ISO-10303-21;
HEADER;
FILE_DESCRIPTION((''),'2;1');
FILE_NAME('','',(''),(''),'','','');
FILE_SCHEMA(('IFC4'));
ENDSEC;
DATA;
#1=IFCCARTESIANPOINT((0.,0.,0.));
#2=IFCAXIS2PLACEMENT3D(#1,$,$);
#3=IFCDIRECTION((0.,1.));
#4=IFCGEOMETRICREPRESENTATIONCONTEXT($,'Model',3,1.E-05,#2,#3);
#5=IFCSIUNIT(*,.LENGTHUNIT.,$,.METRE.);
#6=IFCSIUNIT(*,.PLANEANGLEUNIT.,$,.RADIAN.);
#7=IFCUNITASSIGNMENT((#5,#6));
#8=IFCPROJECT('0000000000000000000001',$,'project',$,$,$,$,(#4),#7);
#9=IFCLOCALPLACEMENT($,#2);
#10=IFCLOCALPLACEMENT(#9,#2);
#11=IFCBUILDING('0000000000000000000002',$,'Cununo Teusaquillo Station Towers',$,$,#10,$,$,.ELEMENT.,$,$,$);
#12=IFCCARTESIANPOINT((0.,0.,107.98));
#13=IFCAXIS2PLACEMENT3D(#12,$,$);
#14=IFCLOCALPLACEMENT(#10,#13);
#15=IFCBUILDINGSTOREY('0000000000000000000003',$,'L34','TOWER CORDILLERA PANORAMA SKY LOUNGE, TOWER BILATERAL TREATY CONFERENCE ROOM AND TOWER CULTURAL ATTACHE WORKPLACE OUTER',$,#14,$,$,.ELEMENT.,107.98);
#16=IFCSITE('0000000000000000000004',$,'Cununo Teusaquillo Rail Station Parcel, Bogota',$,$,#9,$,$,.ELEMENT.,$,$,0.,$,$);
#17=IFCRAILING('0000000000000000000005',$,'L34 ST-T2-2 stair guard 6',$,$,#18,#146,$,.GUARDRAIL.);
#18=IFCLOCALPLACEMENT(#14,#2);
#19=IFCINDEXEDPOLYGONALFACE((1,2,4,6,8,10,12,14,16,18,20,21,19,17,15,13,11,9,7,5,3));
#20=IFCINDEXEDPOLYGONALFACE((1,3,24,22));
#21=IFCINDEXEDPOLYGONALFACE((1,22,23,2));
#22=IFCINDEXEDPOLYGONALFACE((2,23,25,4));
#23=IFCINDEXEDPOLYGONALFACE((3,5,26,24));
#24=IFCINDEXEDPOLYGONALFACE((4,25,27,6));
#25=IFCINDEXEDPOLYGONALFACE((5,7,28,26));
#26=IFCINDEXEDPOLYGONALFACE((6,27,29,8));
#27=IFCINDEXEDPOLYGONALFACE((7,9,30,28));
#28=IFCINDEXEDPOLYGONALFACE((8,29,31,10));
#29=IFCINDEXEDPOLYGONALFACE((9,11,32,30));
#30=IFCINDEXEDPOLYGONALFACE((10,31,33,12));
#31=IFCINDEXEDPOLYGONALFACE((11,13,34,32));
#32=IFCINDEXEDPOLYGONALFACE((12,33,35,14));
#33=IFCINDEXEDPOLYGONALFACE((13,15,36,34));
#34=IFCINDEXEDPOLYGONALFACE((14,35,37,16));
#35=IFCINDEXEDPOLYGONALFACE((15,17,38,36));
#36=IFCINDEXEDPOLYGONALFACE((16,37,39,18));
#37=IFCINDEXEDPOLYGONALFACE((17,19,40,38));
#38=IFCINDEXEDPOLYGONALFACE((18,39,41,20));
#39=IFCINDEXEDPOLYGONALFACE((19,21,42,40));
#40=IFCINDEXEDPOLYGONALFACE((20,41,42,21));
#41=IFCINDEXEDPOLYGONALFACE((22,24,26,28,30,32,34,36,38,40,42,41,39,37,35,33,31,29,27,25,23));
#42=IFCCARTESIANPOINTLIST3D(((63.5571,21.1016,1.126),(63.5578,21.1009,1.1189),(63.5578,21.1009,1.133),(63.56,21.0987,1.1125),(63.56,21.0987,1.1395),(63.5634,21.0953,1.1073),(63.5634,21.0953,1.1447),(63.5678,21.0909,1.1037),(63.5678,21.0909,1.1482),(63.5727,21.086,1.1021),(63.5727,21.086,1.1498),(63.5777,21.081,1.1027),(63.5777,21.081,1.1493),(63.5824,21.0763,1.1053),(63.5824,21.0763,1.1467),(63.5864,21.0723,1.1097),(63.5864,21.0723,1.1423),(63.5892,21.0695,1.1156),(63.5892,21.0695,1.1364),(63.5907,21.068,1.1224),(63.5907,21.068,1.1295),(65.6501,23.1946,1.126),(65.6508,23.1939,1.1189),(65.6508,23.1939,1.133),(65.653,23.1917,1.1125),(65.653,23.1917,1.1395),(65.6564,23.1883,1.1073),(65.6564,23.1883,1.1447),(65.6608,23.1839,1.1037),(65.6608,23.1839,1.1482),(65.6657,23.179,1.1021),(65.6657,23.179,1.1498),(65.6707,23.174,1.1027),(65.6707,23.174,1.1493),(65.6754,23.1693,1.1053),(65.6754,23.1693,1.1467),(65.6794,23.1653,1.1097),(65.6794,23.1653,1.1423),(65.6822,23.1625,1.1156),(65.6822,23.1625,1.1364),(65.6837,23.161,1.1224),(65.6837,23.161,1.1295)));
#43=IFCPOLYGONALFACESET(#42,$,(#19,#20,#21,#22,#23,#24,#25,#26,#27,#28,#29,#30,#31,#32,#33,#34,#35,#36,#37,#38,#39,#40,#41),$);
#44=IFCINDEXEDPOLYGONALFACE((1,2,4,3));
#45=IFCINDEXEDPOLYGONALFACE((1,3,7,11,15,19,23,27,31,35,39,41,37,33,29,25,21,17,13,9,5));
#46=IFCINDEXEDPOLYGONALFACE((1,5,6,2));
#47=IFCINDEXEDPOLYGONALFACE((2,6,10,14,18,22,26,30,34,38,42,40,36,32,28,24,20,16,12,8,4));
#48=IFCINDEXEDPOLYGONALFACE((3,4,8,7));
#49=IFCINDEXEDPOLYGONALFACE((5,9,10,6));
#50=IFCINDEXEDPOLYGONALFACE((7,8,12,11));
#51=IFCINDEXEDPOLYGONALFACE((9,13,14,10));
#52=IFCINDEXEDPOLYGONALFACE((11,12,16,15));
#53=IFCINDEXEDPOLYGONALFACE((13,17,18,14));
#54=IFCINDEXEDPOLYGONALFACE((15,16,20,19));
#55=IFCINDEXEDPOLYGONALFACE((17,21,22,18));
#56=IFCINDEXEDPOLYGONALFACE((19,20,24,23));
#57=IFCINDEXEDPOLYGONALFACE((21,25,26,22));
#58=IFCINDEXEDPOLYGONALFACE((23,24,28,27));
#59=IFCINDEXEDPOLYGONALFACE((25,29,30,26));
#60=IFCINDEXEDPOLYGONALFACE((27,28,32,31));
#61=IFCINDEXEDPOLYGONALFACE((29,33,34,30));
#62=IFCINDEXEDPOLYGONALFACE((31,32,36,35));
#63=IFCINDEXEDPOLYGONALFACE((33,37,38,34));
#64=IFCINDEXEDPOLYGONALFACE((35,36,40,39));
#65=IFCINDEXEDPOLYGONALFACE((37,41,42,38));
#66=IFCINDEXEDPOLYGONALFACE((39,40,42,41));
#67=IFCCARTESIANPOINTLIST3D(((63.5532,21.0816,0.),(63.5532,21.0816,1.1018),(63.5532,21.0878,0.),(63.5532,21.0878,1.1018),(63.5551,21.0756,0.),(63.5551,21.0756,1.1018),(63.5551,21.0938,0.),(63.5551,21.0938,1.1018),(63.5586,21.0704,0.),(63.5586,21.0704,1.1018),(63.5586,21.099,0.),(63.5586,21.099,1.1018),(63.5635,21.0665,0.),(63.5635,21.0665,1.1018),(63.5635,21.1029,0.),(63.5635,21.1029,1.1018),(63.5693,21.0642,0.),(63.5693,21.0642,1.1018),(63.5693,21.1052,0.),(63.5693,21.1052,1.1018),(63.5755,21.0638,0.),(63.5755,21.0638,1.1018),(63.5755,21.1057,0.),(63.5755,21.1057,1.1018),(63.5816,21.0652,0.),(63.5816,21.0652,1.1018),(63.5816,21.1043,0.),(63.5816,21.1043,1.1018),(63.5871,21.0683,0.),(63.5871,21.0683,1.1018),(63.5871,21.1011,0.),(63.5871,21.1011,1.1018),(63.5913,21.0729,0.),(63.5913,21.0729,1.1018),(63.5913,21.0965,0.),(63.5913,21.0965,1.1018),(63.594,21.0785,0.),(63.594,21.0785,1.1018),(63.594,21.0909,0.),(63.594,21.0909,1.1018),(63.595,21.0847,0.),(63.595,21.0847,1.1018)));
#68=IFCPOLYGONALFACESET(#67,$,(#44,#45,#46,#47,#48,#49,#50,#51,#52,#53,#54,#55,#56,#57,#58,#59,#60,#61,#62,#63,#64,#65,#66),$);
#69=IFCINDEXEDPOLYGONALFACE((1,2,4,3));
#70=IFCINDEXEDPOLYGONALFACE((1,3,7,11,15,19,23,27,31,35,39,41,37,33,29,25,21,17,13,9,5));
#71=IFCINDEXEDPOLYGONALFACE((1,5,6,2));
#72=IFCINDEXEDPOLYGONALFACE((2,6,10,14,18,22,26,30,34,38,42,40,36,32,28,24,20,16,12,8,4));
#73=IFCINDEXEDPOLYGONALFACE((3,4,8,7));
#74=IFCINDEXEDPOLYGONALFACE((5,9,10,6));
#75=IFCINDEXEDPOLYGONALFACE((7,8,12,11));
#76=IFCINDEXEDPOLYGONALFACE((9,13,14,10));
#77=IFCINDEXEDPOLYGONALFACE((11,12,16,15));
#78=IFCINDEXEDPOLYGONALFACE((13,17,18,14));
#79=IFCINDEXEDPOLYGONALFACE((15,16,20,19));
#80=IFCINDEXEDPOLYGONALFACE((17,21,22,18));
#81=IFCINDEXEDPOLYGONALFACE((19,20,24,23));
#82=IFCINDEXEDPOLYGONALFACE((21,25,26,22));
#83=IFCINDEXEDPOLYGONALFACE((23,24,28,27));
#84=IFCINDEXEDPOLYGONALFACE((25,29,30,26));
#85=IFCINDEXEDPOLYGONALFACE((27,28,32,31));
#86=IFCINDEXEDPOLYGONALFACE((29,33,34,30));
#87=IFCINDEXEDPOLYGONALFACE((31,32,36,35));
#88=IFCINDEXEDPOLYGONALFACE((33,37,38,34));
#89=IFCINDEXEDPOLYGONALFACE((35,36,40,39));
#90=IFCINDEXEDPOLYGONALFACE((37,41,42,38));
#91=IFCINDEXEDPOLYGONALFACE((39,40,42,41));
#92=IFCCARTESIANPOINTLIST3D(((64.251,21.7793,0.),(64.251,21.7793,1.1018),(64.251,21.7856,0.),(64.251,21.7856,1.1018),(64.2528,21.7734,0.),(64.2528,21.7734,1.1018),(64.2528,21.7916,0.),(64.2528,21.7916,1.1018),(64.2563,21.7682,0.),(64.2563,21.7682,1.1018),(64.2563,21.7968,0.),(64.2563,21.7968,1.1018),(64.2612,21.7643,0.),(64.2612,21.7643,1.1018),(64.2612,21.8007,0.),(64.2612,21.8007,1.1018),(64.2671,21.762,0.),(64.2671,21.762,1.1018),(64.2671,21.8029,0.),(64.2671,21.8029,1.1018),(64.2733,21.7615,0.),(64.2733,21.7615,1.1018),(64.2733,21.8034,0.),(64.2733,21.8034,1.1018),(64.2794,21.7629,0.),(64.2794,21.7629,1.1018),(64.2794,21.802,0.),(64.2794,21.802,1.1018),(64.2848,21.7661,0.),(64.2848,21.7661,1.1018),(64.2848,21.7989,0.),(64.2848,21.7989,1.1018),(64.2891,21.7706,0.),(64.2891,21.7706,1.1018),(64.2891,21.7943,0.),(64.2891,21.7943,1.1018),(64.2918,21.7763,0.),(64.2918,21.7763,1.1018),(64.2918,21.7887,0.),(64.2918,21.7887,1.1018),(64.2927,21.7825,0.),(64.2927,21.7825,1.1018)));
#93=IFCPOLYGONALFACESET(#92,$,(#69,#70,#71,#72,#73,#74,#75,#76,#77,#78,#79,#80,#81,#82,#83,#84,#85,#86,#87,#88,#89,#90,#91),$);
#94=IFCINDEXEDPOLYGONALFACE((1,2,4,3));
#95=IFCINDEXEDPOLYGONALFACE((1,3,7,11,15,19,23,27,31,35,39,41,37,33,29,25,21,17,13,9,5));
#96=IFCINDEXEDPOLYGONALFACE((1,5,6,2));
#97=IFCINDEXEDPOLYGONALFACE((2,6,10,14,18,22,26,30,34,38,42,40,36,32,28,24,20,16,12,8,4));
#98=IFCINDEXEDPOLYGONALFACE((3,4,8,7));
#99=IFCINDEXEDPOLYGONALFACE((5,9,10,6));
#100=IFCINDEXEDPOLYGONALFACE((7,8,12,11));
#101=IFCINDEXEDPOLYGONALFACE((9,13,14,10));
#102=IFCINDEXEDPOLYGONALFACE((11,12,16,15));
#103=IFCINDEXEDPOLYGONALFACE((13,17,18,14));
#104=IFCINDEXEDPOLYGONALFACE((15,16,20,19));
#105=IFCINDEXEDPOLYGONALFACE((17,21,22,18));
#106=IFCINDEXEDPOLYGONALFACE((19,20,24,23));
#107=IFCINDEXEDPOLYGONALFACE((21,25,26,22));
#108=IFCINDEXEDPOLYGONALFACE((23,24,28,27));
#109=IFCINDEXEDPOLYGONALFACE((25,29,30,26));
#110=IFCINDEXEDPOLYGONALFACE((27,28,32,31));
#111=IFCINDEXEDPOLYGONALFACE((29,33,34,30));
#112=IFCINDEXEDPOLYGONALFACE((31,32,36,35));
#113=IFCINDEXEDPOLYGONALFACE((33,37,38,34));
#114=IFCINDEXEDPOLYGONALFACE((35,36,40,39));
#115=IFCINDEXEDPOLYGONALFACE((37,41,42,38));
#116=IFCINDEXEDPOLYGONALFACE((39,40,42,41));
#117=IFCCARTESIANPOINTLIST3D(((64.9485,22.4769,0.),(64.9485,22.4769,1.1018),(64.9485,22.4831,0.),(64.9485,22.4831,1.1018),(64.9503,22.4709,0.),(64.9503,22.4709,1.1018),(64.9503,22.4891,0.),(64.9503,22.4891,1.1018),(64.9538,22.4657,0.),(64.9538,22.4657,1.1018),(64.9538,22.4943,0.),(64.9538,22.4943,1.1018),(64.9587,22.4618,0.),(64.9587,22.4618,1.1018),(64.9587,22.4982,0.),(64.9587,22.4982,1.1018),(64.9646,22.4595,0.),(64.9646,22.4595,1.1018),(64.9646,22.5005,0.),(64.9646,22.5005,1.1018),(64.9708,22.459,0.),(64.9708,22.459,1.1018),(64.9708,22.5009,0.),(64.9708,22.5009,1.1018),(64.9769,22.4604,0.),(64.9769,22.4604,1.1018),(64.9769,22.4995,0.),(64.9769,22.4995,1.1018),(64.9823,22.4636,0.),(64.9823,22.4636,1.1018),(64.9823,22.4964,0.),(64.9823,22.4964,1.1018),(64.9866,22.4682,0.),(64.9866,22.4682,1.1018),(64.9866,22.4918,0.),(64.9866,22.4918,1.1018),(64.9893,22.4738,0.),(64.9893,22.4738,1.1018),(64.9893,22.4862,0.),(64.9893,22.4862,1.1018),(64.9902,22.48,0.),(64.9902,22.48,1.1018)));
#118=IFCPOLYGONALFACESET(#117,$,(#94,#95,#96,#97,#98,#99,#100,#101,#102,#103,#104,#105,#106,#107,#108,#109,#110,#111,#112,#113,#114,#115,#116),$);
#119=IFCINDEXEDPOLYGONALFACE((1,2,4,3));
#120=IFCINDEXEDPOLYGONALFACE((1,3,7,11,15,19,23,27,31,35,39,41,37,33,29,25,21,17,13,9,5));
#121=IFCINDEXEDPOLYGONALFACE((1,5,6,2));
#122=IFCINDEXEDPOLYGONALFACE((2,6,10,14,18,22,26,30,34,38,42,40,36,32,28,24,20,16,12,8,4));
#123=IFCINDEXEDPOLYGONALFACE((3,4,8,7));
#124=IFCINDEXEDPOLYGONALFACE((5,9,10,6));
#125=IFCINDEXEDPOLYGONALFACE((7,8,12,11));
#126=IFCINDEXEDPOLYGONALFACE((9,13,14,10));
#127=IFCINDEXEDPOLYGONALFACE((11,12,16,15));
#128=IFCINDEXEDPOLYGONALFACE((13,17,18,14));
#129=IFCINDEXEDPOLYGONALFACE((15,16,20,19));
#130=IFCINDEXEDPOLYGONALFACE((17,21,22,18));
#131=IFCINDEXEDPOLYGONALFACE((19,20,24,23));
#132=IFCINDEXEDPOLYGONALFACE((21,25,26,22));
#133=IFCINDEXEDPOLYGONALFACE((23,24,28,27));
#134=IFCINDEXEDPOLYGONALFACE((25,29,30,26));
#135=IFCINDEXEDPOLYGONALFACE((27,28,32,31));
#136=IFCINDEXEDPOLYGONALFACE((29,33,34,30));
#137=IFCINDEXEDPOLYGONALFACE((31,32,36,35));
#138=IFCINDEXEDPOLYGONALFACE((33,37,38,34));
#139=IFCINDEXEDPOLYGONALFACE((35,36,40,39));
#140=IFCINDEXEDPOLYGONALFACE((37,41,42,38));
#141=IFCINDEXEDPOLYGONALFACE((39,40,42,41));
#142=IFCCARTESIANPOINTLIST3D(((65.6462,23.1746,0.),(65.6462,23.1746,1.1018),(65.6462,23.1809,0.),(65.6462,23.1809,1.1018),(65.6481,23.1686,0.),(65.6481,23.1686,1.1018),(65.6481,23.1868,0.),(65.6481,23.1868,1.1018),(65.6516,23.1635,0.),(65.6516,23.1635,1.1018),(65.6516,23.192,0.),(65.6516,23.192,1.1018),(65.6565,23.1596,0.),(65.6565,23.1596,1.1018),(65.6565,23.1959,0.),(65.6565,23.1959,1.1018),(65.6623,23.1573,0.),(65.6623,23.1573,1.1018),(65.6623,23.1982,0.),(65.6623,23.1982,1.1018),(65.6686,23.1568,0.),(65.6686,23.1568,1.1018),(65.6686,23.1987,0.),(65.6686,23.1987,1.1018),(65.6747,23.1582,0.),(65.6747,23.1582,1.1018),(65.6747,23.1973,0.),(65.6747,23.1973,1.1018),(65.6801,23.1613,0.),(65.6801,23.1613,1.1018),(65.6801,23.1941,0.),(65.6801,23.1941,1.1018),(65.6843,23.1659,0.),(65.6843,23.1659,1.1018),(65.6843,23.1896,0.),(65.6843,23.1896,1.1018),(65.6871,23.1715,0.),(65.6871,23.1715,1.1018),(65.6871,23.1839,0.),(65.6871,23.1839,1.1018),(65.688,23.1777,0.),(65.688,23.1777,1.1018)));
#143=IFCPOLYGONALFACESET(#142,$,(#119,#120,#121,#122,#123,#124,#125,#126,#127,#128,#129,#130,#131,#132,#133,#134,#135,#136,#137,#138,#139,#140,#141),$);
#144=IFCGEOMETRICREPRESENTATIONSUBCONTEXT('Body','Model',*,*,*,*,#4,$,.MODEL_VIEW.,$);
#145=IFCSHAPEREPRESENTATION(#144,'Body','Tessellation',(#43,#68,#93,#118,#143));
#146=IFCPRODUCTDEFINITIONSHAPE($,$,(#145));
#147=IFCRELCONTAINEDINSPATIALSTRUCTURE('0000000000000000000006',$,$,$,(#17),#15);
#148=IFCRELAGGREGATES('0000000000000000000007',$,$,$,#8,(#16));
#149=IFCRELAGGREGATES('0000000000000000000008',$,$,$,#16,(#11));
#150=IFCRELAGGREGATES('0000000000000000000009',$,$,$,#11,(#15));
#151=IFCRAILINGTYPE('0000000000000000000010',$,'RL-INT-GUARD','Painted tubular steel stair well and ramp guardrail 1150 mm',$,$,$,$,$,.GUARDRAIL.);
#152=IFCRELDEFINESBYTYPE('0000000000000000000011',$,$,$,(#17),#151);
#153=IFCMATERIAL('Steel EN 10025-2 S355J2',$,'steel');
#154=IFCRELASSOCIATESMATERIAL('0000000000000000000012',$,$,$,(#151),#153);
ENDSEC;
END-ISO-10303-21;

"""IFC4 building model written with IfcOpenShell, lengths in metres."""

from ifc_helpers import new_model, si_unit, direction, frame, origin, origin_2d, place, context, subcontext, project, spatial, circle, extrude, material, type_object, element, save


model = new_model("IFC4")

# Units and contexts
model_context = context("Model", 3, precision=1e-05, world=origin(), true_north=direction((0.0, 1.0)))
body_context = subcontext(model_context, "Body", "Model", "MODEL_VIEW")
ifc_project = project(units=[si_unit("LENGTHUNIT", "METRE"), si_unit("PLANEANGLEUNIT", "RADIAN")], contexts=[model_context])

# Site, building, storey
site_placement = place(None, origin())
site = spatial("IfcSite", under=ifc_project, at=site_placement, Name="Cununo Teusaquillo Rail Station Parcel, Bogota", CompositionType="ELEMENT", RefElevation=0.0)
building_placement = place(site_placement, origin())
building = spatial("IfcBuilding", under=site, at=building_placement, Name="Cununo Teusaquillo Station Towers", CompositionType="ELEMENT")
storey_placement = place(building_placement, frame((0.0, 0.0, 107.98)))
storey = spatial("IfcBuildingStorey", under=building, at=storey_placement, Name="L34", Description="TOWER CORDILLERA PANORAMA SKY LOUNGE, TOWER BILATERAL TREATY CONFERENCE ROOM AND TOWER CULTURAL ATTACHE WORKPLACE OUTER", CompositionType="ELEMENT", Elevation=107.98)

# Railing
ifc_material_1 = material(Name="Steel EN 10025-2 S355J2", Category="steel")
railing_type = type_object("IfcRailingType", Name="RL-INT-GUARD", Description="Painted tubular steel stair well and ramp guardrail 1150 mm", PredefinedType="GUARDRAIL", material=ifc_material_1)
railing_1_placement = place(storey_placement, frame((63.574, 21.0847, 0.0)))
element("IfcRailing", 1, at=railing_1_placement, inside=storey, type_object=railing_type, Name="L34 ST-T2-2 stair guard 6", PredefinedType="GUARDRAIL", context=body_context, shape_type="SweptSolid", body=[
    extrude(circle(Radius=0.0239, at=origin_2d()), frame((0.0, 0.0, 1.126), z_axis=(0.707107, 0.707107, 0.0), x_axis=(-0.707107, 0.707107, 0.0)), (0.0, 0.0, 1.0), 2.96),
    extrude(circle(Radius=0.021, at=origin_2d()), origin(), (0.0, 0.0, 1.0), 1.1018),
    extrude(circle(Radius=0.021, at=origin_2d()), frame((0.6978, 0.6978, 0.0)), (0.0, 0.0, 1.0), 1.1018),
    extrude(circle(Radius=0.021, at=origin_2d()), frame((1.3953, 1.3953, 0.0)), (0.0, 0.0, 1.0), 1.1018),
    extrude(circle(Radius=0.021, at=origin_2d()), frame((2.093, 2.093, 0.0)), (0.0, 0.0, 1.0), 1.1018),
])

save(model, "model.ifc")
